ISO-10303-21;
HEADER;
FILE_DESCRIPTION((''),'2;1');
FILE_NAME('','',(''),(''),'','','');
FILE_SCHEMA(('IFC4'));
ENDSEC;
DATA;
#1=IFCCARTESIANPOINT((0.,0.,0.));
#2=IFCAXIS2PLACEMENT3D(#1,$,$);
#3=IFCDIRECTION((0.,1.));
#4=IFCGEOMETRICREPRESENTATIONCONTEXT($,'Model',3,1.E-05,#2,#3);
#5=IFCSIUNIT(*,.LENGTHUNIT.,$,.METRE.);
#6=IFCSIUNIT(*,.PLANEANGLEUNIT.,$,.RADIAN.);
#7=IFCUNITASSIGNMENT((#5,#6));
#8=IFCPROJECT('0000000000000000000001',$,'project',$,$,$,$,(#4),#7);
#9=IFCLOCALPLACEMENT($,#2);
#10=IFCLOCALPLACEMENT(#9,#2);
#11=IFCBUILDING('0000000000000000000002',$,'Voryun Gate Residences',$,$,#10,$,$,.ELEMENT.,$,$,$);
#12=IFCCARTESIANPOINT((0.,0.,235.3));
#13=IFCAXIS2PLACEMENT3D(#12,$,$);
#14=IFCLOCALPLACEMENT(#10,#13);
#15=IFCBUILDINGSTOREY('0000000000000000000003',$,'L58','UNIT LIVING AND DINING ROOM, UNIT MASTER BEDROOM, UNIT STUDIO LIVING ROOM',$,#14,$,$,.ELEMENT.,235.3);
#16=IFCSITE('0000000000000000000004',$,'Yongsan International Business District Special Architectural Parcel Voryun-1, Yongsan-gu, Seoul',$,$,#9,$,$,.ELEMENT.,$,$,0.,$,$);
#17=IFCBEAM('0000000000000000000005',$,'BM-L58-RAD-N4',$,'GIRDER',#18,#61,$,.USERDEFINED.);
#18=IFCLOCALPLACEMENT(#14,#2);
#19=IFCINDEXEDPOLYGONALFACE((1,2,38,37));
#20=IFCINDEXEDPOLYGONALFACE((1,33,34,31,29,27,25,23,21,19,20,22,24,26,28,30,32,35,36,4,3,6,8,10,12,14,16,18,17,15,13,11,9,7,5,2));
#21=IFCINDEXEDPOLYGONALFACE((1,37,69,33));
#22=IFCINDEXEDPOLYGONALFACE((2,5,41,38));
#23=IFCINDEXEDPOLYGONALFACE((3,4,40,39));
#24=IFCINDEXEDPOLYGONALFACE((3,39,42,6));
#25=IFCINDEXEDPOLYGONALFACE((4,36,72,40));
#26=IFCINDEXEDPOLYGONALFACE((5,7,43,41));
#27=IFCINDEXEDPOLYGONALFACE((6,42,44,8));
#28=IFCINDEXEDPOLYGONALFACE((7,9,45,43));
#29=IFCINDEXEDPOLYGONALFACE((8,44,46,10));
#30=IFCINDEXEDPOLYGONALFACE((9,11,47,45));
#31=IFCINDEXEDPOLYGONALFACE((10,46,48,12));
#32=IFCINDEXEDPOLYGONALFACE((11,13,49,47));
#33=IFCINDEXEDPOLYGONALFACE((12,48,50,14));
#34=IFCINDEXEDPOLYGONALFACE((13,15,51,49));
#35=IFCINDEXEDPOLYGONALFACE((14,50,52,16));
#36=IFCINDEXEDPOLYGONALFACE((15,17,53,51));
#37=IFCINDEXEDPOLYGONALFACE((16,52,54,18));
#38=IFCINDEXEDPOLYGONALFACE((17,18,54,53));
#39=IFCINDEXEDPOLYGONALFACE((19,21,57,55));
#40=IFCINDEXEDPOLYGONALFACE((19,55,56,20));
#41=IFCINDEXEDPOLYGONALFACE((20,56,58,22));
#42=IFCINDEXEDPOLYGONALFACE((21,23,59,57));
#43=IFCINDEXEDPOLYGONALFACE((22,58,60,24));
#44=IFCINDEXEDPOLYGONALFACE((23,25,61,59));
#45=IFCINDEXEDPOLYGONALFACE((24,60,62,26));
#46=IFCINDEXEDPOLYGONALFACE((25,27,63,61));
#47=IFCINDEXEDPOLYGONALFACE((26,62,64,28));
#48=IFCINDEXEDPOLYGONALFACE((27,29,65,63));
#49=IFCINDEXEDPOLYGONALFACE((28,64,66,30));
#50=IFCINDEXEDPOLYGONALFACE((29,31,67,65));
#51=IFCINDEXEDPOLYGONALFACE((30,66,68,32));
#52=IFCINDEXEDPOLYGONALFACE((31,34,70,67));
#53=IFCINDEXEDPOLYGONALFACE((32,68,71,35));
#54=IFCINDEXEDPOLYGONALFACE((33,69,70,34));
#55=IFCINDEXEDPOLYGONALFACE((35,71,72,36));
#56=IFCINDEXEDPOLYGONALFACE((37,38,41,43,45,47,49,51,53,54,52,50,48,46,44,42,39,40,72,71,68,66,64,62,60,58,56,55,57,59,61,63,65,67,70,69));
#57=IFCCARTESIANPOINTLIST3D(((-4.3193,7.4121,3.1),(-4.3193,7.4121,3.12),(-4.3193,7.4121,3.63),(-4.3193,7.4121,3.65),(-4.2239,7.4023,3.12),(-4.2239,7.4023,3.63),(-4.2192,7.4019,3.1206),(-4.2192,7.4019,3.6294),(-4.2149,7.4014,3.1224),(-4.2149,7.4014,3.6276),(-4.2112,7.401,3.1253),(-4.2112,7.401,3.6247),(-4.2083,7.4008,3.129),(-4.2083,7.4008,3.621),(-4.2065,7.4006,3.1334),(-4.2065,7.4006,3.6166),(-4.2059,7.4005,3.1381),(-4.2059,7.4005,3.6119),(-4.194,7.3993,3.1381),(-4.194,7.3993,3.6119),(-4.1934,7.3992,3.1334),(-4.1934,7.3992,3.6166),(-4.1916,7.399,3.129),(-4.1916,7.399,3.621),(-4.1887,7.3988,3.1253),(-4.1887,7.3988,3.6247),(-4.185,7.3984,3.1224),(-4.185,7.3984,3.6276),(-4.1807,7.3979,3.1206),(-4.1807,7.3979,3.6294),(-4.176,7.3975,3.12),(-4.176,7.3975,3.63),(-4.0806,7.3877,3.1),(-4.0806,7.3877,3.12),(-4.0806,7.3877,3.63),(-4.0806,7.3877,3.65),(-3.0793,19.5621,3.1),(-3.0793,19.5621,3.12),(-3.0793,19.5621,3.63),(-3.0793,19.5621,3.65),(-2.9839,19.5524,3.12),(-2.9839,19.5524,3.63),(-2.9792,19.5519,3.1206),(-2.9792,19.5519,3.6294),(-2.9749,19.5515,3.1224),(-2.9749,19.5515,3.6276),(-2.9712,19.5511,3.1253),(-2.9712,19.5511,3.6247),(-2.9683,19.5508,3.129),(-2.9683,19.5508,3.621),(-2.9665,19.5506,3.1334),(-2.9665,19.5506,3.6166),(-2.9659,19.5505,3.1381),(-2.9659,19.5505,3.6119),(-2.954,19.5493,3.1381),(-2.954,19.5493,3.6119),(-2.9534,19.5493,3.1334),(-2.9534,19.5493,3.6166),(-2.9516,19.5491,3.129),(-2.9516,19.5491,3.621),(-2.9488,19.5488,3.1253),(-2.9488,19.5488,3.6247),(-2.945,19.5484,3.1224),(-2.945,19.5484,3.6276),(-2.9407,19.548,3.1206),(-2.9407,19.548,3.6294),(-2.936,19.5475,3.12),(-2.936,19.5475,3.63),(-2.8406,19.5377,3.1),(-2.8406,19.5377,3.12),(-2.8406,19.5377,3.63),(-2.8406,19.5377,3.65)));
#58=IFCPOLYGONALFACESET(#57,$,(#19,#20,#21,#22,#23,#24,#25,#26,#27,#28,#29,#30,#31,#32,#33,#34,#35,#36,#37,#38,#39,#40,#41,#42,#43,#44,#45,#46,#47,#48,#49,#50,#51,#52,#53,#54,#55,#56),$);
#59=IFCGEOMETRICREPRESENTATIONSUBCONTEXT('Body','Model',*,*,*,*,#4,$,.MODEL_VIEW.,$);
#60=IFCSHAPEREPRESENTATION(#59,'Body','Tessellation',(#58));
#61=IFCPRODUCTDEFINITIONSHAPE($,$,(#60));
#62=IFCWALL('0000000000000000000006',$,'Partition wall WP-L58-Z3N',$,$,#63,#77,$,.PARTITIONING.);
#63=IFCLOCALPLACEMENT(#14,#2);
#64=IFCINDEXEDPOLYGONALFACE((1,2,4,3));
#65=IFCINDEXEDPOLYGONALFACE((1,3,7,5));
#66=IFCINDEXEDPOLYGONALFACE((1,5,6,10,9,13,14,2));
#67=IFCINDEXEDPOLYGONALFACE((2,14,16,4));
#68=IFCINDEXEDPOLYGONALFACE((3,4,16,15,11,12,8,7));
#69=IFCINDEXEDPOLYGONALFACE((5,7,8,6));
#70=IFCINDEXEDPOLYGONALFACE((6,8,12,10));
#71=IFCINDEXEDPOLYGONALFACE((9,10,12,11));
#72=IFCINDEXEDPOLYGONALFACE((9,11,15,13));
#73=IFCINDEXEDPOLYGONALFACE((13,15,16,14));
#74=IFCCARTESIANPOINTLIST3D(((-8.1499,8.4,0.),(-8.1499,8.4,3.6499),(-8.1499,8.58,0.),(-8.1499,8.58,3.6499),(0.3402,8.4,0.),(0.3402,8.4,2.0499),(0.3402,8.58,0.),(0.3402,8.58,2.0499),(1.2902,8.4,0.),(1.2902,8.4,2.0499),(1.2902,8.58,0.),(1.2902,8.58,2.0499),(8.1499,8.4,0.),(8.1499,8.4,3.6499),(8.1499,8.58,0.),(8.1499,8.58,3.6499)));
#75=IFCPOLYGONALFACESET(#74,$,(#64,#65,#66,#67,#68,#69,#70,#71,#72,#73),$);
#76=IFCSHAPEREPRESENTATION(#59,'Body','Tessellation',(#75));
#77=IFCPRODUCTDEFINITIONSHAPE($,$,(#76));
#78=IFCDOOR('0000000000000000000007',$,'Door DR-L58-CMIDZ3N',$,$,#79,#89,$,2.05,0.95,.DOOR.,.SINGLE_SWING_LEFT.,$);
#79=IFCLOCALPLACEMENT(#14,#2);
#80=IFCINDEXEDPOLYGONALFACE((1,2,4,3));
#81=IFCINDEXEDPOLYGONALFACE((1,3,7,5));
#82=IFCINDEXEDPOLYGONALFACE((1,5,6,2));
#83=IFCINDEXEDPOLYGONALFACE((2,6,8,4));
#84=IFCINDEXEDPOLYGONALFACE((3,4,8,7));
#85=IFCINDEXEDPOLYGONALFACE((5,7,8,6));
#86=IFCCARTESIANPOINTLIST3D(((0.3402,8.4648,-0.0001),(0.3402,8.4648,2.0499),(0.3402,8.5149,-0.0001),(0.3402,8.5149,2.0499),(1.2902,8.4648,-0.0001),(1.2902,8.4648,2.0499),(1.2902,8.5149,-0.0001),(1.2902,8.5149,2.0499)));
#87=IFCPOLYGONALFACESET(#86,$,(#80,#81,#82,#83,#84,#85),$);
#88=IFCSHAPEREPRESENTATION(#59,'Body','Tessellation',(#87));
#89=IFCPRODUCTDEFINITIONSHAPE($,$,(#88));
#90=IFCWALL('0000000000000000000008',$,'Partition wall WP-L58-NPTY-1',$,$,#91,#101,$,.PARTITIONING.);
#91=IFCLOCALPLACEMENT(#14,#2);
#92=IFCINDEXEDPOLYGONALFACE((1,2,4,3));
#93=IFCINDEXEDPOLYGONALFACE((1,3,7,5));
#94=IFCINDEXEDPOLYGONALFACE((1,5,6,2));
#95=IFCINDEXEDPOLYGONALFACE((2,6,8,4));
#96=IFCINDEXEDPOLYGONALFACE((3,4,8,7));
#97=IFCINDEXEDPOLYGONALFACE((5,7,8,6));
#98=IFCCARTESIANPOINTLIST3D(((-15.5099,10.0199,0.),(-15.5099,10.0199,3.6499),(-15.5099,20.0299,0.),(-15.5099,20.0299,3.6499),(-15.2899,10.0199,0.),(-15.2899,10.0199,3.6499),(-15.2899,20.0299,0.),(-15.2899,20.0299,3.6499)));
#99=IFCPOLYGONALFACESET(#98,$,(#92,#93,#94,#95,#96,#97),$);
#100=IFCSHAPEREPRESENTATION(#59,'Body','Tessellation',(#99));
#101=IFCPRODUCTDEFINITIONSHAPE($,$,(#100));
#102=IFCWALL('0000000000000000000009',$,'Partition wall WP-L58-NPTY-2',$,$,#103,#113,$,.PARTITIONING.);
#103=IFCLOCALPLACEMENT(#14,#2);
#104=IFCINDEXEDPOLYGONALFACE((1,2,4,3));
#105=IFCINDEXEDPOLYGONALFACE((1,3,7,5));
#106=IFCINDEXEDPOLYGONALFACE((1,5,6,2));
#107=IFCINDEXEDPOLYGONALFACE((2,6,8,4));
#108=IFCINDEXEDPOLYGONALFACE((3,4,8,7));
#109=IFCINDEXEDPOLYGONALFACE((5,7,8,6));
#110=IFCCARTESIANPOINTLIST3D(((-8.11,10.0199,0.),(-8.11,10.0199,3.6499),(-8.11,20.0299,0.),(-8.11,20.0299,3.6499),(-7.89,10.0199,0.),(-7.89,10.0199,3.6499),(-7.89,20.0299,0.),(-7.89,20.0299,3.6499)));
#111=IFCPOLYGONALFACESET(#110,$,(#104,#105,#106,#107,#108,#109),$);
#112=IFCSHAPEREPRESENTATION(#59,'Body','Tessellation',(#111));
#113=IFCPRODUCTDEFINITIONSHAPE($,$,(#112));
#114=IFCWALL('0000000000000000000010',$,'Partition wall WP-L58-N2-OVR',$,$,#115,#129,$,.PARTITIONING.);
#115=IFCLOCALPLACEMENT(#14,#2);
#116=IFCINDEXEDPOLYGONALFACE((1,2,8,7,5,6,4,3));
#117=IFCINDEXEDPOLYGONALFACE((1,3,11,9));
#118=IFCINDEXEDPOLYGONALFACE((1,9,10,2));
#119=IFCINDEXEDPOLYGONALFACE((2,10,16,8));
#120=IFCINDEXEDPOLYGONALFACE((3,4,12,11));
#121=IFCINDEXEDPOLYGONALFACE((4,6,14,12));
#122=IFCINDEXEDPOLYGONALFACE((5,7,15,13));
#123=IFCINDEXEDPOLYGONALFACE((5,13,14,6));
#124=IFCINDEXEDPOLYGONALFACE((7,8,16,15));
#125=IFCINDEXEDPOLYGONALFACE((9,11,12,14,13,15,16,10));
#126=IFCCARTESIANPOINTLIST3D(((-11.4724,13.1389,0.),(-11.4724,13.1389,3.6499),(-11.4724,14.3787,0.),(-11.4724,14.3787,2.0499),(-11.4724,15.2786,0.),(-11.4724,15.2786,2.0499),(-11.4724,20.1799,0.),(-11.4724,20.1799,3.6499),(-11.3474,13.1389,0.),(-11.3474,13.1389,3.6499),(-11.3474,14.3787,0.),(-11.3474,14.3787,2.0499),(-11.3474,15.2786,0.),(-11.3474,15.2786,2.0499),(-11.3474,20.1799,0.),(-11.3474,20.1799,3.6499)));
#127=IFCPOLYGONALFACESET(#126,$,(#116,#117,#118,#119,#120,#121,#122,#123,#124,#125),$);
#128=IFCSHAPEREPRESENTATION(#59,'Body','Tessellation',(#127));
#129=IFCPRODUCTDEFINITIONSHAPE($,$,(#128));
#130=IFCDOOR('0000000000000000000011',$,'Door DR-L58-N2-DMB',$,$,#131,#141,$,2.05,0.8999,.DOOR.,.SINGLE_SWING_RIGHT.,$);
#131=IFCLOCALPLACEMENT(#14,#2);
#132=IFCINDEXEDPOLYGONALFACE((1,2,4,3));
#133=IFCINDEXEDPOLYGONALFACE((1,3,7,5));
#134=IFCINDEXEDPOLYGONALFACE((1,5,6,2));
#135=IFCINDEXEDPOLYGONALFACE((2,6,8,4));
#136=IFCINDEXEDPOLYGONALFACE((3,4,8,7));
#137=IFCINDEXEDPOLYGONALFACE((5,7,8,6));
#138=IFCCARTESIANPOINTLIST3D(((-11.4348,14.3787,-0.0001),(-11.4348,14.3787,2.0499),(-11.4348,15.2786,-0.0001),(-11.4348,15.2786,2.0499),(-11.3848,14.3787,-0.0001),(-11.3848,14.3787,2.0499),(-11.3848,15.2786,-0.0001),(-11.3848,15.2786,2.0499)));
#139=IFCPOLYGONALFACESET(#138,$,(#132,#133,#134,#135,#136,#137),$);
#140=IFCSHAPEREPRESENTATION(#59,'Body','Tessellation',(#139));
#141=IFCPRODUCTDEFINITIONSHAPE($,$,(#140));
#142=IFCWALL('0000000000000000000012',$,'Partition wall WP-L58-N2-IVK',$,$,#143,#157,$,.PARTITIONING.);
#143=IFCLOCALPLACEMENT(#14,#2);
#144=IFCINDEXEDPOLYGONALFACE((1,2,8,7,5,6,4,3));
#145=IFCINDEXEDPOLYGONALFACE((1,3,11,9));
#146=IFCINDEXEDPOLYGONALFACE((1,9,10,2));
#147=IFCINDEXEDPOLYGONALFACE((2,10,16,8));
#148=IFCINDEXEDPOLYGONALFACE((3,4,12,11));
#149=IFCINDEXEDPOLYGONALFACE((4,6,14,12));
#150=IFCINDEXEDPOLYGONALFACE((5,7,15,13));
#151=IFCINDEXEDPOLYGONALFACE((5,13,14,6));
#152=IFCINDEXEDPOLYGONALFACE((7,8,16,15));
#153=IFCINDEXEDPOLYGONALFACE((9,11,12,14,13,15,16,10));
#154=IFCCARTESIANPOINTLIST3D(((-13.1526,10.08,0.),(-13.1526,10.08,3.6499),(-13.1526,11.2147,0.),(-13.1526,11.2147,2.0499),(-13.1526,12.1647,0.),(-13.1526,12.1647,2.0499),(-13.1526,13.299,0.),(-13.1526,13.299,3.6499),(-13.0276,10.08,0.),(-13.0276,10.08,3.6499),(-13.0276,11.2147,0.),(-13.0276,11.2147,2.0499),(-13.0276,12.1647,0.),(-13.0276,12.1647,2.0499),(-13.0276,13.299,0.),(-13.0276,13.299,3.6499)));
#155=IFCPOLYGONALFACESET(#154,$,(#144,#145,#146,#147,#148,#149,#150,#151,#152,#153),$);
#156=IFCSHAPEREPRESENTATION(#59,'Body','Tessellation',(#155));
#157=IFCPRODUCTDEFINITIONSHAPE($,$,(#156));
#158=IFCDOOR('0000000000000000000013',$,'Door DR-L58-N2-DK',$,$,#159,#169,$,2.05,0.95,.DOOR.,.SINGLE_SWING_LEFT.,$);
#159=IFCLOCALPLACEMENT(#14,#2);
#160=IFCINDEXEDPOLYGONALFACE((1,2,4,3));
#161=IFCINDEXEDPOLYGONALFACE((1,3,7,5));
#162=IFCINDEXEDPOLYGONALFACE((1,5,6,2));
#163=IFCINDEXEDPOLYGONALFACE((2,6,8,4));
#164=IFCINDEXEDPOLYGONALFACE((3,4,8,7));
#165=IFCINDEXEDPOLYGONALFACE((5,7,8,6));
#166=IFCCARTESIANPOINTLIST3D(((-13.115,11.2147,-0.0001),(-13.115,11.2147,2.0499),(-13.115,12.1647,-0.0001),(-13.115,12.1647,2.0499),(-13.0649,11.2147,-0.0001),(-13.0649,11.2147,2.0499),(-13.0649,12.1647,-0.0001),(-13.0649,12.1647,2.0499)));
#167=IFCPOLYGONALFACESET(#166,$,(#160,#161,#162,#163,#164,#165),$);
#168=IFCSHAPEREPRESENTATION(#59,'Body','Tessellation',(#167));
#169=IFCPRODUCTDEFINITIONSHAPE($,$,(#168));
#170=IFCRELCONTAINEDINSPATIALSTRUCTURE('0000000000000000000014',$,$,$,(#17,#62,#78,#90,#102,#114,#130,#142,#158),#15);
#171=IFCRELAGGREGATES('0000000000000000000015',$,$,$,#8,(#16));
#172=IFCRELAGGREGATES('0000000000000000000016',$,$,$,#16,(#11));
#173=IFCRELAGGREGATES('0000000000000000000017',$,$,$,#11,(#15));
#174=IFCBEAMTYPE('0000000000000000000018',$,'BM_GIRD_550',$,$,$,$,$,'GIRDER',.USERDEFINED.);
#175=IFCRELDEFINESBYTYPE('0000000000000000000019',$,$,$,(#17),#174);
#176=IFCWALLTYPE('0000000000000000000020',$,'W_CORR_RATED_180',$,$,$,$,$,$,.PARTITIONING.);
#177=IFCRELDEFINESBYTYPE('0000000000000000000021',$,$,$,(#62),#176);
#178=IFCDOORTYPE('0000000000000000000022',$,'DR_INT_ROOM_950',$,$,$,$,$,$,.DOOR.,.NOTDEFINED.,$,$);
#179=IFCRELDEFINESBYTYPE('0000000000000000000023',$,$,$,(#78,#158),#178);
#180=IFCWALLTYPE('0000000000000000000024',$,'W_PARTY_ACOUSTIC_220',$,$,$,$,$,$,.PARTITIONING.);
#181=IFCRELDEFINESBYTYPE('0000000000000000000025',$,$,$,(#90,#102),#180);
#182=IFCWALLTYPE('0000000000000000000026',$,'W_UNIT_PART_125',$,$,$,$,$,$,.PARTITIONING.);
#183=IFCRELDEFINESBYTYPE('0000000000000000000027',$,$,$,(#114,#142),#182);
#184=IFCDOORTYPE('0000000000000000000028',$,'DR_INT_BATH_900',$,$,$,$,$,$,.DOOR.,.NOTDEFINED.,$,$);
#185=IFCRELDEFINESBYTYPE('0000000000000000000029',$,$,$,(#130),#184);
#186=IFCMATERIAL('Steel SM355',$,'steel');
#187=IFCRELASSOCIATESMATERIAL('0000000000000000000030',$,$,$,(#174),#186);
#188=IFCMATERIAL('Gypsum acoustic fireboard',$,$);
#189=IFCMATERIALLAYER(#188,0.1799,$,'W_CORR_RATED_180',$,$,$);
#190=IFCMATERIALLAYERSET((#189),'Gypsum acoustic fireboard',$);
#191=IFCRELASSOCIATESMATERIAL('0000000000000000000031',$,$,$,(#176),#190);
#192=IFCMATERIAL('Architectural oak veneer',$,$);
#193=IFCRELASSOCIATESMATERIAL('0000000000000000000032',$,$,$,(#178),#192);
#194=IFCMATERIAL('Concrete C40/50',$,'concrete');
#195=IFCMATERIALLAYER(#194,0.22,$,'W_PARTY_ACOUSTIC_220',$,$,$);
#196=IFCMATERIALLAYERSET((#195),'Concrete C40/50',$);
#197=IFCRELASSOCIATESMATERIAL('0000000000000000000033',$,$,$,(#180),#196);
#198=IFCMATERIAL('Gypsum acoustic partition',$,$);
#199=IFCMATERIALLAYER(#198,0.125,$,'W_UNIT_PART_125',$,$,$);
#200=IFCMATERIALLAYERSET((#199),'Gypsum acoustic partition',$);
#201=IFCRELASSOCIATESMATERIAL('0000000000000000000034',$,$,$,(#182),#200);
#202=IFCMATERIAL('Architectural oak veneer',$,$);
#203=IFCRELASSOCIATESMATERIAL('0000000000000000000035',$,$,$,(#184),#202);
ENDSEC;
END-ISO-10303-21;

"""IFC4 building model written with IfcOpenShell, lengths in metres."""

from ifc_helpers import new_model, si_unit, direction, frame, frame_2d, origin, origin_2d, place, context, subcontext, project, spatial, rectangle, i_section, extrude, material, layer, layer_set, material_profile, profile_set, type_object, element, fill, save


model = new_model("IFC4")

# Units and contexts
model_context = context("Model", 3, precision=1e-05, world=origin(), true_north=direction((0.0, 1.0)))
body_context = subcontext(model_context, "Body", "Model", "MODEL_VIEW")
ifc_project = project(units=[si_unit("LENGTHUNIT", "METRE"), si_unit("PLANEANGLEUNIT", "RADIAN")], contexts=[model_context])

# Site, building, storey
site_placement = place(None, origin())
site = spatial("IfcSite", under=ifc_project, at=site_placement, Name="Yongsan International Business District Special Architectural Parcel Voryun-1, Yongsan-gu, Seoul", CompositionType="ELEMENT", RefElevation=0.0)
building_placement = place(site_placement, origin())
building = spatial("IfcBuilding", under=site, at=building_placement, Name="Voryun Gate Residences", CompositionType="ELEMENT")
storey_placement = place(building_placement, frame((0.0, 0.0, 235.3)))
storey = spatial("IfcBuildingStorey", under=building, at=storey_placement, Name="L58", Description="UNIT LIVING AND DINING ROOM, UNIT MASTER BEDROOM, UNIT STUDIO LIVING ROOM", CompositionType="ELEMENT", Elevation=235.3)

# Beam
ifc_material_1 = material(Name="Steel SM355", Category="steel")
ifc_material_profile_1 = material_profile(ifc_material_1, i_section(OverallWidth=0.24, OverallDepth=0.55, WebThickness=0.012, FlangeThickness=0.02, FilletRadius=0.0181, at=origin_2d()), Name="H-550x240x12x20")
ifc_profile_set_1 = profile_set([ifc_material_profile_1], Name="Steel SM355")
beam_type_1 = type_object("IfcBeamType", Name="BM_GIRD_550", ElementType="GIRDER", PredefinedType="USERDEFINED", material=ifc_profile_set_1)
beam_1_placement = place(storey_placement, frame((-4.2, 7.3999, 3.375), z_axis=(0.101528, 0.994833, 0.0), x_axis=(-0.994833, 0.101528, 0.0)))
element("IfcBeam", 1, at=beam_1_placement, inside=storey, type_object=beam_type_1, Name="BM-L58-RAD-N4", ObjectType="GIRDER", PredefinedType="USERDEFINED", context=body_context, shape_type="SweptSolid", body=[
    extrude(i_section(OverallWidth=0.24, OverallDepth=0.55, WebThickness=0.012, FlangeThickness=0.02, FilletRadius=0.0181, at=origin_2d()), origin(), (0.0, 0.0, 1.0), 12.2131),
])

# Wall, opening, door
ifc_material_2 = material(Name="Gypsum acoustic fireboard")
ifc_layer_1 = layer(ifc_material_2, 0.1799, Name="W_CORR_RATED_180")
ifc_layer_set_1 = layer_set([ifc_layer_1], Name="Gypsum acoustic fireboard")
wall_type_1 = type_object("IfcWallType", Name="W_CORR_RATED_180", PredefinedType="PARTITIONING", material=ifc_layer_set_1)
wall_1_placement = place(storey_placement, frame((-8.1499, 8.49, 0.0), z_axis=(0.0, 0.0, 1.0), x_axis=(1.0, 0.0, 0.0)))
wall_1 = element("IfcWall", 2, at=wall_1_placement, inside=storey, type_object=wall_type_1, Name="Partition wall WP-L58-Z3N", PredefinedType="PARTITIONING", context=body_context, shape_type="SweptSolid", body=[
    extrude(rectangle(XDim=16.2998, YDim=0.1799, at=frame_2d((8.1499, 0.0))), origin(), (0.0, 0.0, 1.0), 3.6499),
])
opening_1_placement = place(wall_1_placement, frame((8.49, 0.0, 0.0)))
opening_1 = element("IfcOpeningElement", 3, at=opening_1_placement, cuts=wall_1, PredefinedType="OPENING", context=body_context, shape_type="SweptSolid", body=[
    extrude(rectangle(XDim=0.95, YDim=2.05, at=frame_2d((0.4751, 1.0249))), frame((0.0, 0.0999, 0.0), z_axis=(0.0, -1.0, 0.0), x_axis=(1.0, 0.0, 0.0)), (0.0, 0.0, 1.0), 0.2),
])
ifc_material_3 = material(Name="Architectural oak veneer")
door_type_1 = type_object("IfcDoorType", Name="DR_INT_ROOM_950", OperationType="NOTDEFINED", PredefinedType="DOOR", material=ifc_material_3)
door_1_placement = place(opening_1_placement, origin())
door_1 = element("IfcDoor", 4, at=door_1_placement, inside=storey, type_object=door_type_1, Name="Door DR-L58-CMIDZ3N", OperationType="SINGLE_SWING_LEFT", OverallHeight=2.05, OverallWidth=0.95, PredefinedType="DOOR", context=body_context, shape_type="SweptSolid", body=[
    extrude(rectangle(XDim=0.95, YDim=2.05, at=frame_2d((0.4751, 1.0249))), frame((0.0, 0.0249, 0.0), z_axis=(0.0, -1.0, 0.0), x_axis=(1.0, 0.0, 0.0)), (0.0, 0.0, 1.0), 0.05),
])
fill(opening_1, door_1)

# Walls
ifc_material_4 = material(Name="Concrete C40/50", Category="concrete")
ifc_layer_2 = layer(ifc_material_4, 0.22, Name="W_PARTY_ACOUSTIC_220")
ifc_layer_set_2 = layer_set([ifc_layer_2], Name="Concrete C40/50")
wall_type_2 = type_object("IfcWallType", Name="W_PARTY_ACOUSTIC_220", PredefinedType="PARTITIONING", material=ifc_layer_set_2)
for number, where, z_axis, x_axis, name in (
    (5, (-15.3999, 10.02, 0.0), (0.0, 0.0, 1.0), (0.0, 1.0, 0.0), "Partition wall WP-L58-NPTY-1"),
    (6, (-8.0, 10.02, 0.0), (0.0, 0.0, 1.0), (0.0, 1.0, 0.0), "Partition wall WP-L58-NPTY-2"),
):
    element("IfcWall", number, at=place(storey_placement, frame(where, z_axis=z_axis, x_axis=x_axis)), inside=storey, type_object=wall_type_2, Name=name, PredefinedType="PARTITIONING", context=body_context, shape_type="SweptSolid", body=[
        extrude(rectangle(XDim=10.01, YDim=0.22, at=frame_2d((5.0049, 0.0))), origin(), (0.0, 0.0, 1.0), 3.6499),
    ])

# Walls, openings, doors
ifc_material_5 = material(Name="Gypsum acoustic partition")
ifc_layer_3 = layer(ifc_material_5, 0.125, Name="W_UNIT_PART_125")
ifc_layer_set_3 = layer_set([ifc_layer_3], Name="Gypsum acoustic partition")
wall_type_3 = type_object("IfcWallType", Name="W_UNIT_PART_125", PredefinedType="PARTITIONING", material=ifc_layer_set_3)
wall_2_placement = place(storey_placement, frame((-11.4099, 13.1389, 0.0), z_axis=(0.0, 0.0, 1.0), x_axis=(0.0, 1.0, 0.0)))
wall_2 = element("IfcWall", 7, at=wall_2_placement, inside=storey, type_object=wall_type_3, Name="Partition wall WP-L58-N2-OVR", PredefinedType="PARTITIONING", context=body_context, shape_type="SweptSolid", body=[
    extrude(rectangle(XDim=7.041, YDim=0.125, at=frame_2d((3.5205, 0.0))), origin(), (0.0, 0.0, 1.0), 3.6499),
])
opening_2_placement = place(wall_2_placement, frame((1.2397, 0.0, 0.0)))
opening_2 = element("IfcOpeningElement", 8, at=opening_2_placement, cuts=wall_2, PredefinedType="OPENING", context=body_context, shape_type="SweptSolid", body=[
    extrude(rectangle(XDim=0.8999, YDim=2.05, at=frame_2d((0.45, 1.0249))), frame((0.0, 0.0725, 0.0), z_axis=(0.0, -1.0, 0.0), x_axis=(1.0, 0.0, 0.0)), (0.0, 0.0, 1.0), 0.145),
])
ifc_material_6 = material(Name="Architectural oak veneer")
door_type_2 = type_object("IfcDoorType", Name="DR_INT_BATH_900", OperationType="NOTDEFINED", PredefinedType="DOOR", material=ifc_material_6)
door_2_placement = place(opening_2_placement, origin())
door_2 = element("IfcDoor", 9, at=door_2_placement, inside=storey, type_object=door_type_2, Name="Door DR-L58-N2-DMB", OperationType="SINGLE_SWING_RIGHT", OverallHeight=2.05, OverallWidth=0.8999, PredefinedType="DOOR", context=body_context, shape_type="SweptSolid", body=[
    extrude(rectangle(XDim=0.8999, YDim=2.05, at=frame_2d((0.45, 1.0249))), frame((0.0, 0.0249, 0.0), z_axis=(0.0, -1.0, 0.0), x_axis=(1.0, 0.0, 0.0)), (0.0, 0.0, 1.0), 0.05),
])
fill(opening_2, door_2)
wall_3_placement = place(storey_placement, frame((-13.0901, 10.0801, 0.0), z_axis=(0.0, 0.0, 1.0), x_axis=(0.0, 1.0, 0.0)))
wall_3 = element("IfcWall", 10, at=wall_3_placement, inside=storey, type_object=wall_type_3, Name="Partition wall WP-L58-N2-IVK", PredefinedType="PARTITIONING", context=body_context, shape_type="SweptSolid", body=[
    extrude(rectangle(XDim=3.219, YDim=0.125, at=frame_2d((1.6094, 0.0))), origin(), (0.0, 0.0, 1.0), 3.6499),
])
opening_3_placement = place(wall_3_placement, frame((1.1345, 0.0, 0.0)))
opening_3 = element("IfcOpeningElement", 11, at=opening_3_placement, cuts=wall_3, PredefinedType="OPENING", context=body_context, shape_type="SweptSolid", body=[
    extrude(rectangle(XDim=0.95, YDim=2.05, at=frame_2d((0.4751, 1.0249))), frame((0.0, 0.0725, 0.0), z_axis=(0.0, -1.0, 0.0), x_axis=(1.0, 0.0, 0.0)), (0.0, 0.0, 1.0), 0.145),
])
door_3_placement = place(opening_3_placement, origin())
door_3 = element("IfcDoor", 12, at=door_3_placement, inside=storey, type_object=door_type_1, Name="Door DR-L58-N2-DK", OperationType="SINGLE_SWING_LEFT", OverallHeight=2.05, OverallWidth=0.95, PredefinedType="DOOR", context=body_context, shape_type="SweptSolid", body=[
    extrude(rectangle(XDim=0.95, YDim=2.05, at=frame_2d((0.4751, 1.0249))), frame((0.0, 0.0249, 0.0), z_axis=(0.0, -1.0, 0.0), x_axis=(1.0, 0.0, 0.0)), (0.0, 0.0, 1.0), 0.05),
])
fill(opening_3, door_3)

save(model, "model.ifc")
